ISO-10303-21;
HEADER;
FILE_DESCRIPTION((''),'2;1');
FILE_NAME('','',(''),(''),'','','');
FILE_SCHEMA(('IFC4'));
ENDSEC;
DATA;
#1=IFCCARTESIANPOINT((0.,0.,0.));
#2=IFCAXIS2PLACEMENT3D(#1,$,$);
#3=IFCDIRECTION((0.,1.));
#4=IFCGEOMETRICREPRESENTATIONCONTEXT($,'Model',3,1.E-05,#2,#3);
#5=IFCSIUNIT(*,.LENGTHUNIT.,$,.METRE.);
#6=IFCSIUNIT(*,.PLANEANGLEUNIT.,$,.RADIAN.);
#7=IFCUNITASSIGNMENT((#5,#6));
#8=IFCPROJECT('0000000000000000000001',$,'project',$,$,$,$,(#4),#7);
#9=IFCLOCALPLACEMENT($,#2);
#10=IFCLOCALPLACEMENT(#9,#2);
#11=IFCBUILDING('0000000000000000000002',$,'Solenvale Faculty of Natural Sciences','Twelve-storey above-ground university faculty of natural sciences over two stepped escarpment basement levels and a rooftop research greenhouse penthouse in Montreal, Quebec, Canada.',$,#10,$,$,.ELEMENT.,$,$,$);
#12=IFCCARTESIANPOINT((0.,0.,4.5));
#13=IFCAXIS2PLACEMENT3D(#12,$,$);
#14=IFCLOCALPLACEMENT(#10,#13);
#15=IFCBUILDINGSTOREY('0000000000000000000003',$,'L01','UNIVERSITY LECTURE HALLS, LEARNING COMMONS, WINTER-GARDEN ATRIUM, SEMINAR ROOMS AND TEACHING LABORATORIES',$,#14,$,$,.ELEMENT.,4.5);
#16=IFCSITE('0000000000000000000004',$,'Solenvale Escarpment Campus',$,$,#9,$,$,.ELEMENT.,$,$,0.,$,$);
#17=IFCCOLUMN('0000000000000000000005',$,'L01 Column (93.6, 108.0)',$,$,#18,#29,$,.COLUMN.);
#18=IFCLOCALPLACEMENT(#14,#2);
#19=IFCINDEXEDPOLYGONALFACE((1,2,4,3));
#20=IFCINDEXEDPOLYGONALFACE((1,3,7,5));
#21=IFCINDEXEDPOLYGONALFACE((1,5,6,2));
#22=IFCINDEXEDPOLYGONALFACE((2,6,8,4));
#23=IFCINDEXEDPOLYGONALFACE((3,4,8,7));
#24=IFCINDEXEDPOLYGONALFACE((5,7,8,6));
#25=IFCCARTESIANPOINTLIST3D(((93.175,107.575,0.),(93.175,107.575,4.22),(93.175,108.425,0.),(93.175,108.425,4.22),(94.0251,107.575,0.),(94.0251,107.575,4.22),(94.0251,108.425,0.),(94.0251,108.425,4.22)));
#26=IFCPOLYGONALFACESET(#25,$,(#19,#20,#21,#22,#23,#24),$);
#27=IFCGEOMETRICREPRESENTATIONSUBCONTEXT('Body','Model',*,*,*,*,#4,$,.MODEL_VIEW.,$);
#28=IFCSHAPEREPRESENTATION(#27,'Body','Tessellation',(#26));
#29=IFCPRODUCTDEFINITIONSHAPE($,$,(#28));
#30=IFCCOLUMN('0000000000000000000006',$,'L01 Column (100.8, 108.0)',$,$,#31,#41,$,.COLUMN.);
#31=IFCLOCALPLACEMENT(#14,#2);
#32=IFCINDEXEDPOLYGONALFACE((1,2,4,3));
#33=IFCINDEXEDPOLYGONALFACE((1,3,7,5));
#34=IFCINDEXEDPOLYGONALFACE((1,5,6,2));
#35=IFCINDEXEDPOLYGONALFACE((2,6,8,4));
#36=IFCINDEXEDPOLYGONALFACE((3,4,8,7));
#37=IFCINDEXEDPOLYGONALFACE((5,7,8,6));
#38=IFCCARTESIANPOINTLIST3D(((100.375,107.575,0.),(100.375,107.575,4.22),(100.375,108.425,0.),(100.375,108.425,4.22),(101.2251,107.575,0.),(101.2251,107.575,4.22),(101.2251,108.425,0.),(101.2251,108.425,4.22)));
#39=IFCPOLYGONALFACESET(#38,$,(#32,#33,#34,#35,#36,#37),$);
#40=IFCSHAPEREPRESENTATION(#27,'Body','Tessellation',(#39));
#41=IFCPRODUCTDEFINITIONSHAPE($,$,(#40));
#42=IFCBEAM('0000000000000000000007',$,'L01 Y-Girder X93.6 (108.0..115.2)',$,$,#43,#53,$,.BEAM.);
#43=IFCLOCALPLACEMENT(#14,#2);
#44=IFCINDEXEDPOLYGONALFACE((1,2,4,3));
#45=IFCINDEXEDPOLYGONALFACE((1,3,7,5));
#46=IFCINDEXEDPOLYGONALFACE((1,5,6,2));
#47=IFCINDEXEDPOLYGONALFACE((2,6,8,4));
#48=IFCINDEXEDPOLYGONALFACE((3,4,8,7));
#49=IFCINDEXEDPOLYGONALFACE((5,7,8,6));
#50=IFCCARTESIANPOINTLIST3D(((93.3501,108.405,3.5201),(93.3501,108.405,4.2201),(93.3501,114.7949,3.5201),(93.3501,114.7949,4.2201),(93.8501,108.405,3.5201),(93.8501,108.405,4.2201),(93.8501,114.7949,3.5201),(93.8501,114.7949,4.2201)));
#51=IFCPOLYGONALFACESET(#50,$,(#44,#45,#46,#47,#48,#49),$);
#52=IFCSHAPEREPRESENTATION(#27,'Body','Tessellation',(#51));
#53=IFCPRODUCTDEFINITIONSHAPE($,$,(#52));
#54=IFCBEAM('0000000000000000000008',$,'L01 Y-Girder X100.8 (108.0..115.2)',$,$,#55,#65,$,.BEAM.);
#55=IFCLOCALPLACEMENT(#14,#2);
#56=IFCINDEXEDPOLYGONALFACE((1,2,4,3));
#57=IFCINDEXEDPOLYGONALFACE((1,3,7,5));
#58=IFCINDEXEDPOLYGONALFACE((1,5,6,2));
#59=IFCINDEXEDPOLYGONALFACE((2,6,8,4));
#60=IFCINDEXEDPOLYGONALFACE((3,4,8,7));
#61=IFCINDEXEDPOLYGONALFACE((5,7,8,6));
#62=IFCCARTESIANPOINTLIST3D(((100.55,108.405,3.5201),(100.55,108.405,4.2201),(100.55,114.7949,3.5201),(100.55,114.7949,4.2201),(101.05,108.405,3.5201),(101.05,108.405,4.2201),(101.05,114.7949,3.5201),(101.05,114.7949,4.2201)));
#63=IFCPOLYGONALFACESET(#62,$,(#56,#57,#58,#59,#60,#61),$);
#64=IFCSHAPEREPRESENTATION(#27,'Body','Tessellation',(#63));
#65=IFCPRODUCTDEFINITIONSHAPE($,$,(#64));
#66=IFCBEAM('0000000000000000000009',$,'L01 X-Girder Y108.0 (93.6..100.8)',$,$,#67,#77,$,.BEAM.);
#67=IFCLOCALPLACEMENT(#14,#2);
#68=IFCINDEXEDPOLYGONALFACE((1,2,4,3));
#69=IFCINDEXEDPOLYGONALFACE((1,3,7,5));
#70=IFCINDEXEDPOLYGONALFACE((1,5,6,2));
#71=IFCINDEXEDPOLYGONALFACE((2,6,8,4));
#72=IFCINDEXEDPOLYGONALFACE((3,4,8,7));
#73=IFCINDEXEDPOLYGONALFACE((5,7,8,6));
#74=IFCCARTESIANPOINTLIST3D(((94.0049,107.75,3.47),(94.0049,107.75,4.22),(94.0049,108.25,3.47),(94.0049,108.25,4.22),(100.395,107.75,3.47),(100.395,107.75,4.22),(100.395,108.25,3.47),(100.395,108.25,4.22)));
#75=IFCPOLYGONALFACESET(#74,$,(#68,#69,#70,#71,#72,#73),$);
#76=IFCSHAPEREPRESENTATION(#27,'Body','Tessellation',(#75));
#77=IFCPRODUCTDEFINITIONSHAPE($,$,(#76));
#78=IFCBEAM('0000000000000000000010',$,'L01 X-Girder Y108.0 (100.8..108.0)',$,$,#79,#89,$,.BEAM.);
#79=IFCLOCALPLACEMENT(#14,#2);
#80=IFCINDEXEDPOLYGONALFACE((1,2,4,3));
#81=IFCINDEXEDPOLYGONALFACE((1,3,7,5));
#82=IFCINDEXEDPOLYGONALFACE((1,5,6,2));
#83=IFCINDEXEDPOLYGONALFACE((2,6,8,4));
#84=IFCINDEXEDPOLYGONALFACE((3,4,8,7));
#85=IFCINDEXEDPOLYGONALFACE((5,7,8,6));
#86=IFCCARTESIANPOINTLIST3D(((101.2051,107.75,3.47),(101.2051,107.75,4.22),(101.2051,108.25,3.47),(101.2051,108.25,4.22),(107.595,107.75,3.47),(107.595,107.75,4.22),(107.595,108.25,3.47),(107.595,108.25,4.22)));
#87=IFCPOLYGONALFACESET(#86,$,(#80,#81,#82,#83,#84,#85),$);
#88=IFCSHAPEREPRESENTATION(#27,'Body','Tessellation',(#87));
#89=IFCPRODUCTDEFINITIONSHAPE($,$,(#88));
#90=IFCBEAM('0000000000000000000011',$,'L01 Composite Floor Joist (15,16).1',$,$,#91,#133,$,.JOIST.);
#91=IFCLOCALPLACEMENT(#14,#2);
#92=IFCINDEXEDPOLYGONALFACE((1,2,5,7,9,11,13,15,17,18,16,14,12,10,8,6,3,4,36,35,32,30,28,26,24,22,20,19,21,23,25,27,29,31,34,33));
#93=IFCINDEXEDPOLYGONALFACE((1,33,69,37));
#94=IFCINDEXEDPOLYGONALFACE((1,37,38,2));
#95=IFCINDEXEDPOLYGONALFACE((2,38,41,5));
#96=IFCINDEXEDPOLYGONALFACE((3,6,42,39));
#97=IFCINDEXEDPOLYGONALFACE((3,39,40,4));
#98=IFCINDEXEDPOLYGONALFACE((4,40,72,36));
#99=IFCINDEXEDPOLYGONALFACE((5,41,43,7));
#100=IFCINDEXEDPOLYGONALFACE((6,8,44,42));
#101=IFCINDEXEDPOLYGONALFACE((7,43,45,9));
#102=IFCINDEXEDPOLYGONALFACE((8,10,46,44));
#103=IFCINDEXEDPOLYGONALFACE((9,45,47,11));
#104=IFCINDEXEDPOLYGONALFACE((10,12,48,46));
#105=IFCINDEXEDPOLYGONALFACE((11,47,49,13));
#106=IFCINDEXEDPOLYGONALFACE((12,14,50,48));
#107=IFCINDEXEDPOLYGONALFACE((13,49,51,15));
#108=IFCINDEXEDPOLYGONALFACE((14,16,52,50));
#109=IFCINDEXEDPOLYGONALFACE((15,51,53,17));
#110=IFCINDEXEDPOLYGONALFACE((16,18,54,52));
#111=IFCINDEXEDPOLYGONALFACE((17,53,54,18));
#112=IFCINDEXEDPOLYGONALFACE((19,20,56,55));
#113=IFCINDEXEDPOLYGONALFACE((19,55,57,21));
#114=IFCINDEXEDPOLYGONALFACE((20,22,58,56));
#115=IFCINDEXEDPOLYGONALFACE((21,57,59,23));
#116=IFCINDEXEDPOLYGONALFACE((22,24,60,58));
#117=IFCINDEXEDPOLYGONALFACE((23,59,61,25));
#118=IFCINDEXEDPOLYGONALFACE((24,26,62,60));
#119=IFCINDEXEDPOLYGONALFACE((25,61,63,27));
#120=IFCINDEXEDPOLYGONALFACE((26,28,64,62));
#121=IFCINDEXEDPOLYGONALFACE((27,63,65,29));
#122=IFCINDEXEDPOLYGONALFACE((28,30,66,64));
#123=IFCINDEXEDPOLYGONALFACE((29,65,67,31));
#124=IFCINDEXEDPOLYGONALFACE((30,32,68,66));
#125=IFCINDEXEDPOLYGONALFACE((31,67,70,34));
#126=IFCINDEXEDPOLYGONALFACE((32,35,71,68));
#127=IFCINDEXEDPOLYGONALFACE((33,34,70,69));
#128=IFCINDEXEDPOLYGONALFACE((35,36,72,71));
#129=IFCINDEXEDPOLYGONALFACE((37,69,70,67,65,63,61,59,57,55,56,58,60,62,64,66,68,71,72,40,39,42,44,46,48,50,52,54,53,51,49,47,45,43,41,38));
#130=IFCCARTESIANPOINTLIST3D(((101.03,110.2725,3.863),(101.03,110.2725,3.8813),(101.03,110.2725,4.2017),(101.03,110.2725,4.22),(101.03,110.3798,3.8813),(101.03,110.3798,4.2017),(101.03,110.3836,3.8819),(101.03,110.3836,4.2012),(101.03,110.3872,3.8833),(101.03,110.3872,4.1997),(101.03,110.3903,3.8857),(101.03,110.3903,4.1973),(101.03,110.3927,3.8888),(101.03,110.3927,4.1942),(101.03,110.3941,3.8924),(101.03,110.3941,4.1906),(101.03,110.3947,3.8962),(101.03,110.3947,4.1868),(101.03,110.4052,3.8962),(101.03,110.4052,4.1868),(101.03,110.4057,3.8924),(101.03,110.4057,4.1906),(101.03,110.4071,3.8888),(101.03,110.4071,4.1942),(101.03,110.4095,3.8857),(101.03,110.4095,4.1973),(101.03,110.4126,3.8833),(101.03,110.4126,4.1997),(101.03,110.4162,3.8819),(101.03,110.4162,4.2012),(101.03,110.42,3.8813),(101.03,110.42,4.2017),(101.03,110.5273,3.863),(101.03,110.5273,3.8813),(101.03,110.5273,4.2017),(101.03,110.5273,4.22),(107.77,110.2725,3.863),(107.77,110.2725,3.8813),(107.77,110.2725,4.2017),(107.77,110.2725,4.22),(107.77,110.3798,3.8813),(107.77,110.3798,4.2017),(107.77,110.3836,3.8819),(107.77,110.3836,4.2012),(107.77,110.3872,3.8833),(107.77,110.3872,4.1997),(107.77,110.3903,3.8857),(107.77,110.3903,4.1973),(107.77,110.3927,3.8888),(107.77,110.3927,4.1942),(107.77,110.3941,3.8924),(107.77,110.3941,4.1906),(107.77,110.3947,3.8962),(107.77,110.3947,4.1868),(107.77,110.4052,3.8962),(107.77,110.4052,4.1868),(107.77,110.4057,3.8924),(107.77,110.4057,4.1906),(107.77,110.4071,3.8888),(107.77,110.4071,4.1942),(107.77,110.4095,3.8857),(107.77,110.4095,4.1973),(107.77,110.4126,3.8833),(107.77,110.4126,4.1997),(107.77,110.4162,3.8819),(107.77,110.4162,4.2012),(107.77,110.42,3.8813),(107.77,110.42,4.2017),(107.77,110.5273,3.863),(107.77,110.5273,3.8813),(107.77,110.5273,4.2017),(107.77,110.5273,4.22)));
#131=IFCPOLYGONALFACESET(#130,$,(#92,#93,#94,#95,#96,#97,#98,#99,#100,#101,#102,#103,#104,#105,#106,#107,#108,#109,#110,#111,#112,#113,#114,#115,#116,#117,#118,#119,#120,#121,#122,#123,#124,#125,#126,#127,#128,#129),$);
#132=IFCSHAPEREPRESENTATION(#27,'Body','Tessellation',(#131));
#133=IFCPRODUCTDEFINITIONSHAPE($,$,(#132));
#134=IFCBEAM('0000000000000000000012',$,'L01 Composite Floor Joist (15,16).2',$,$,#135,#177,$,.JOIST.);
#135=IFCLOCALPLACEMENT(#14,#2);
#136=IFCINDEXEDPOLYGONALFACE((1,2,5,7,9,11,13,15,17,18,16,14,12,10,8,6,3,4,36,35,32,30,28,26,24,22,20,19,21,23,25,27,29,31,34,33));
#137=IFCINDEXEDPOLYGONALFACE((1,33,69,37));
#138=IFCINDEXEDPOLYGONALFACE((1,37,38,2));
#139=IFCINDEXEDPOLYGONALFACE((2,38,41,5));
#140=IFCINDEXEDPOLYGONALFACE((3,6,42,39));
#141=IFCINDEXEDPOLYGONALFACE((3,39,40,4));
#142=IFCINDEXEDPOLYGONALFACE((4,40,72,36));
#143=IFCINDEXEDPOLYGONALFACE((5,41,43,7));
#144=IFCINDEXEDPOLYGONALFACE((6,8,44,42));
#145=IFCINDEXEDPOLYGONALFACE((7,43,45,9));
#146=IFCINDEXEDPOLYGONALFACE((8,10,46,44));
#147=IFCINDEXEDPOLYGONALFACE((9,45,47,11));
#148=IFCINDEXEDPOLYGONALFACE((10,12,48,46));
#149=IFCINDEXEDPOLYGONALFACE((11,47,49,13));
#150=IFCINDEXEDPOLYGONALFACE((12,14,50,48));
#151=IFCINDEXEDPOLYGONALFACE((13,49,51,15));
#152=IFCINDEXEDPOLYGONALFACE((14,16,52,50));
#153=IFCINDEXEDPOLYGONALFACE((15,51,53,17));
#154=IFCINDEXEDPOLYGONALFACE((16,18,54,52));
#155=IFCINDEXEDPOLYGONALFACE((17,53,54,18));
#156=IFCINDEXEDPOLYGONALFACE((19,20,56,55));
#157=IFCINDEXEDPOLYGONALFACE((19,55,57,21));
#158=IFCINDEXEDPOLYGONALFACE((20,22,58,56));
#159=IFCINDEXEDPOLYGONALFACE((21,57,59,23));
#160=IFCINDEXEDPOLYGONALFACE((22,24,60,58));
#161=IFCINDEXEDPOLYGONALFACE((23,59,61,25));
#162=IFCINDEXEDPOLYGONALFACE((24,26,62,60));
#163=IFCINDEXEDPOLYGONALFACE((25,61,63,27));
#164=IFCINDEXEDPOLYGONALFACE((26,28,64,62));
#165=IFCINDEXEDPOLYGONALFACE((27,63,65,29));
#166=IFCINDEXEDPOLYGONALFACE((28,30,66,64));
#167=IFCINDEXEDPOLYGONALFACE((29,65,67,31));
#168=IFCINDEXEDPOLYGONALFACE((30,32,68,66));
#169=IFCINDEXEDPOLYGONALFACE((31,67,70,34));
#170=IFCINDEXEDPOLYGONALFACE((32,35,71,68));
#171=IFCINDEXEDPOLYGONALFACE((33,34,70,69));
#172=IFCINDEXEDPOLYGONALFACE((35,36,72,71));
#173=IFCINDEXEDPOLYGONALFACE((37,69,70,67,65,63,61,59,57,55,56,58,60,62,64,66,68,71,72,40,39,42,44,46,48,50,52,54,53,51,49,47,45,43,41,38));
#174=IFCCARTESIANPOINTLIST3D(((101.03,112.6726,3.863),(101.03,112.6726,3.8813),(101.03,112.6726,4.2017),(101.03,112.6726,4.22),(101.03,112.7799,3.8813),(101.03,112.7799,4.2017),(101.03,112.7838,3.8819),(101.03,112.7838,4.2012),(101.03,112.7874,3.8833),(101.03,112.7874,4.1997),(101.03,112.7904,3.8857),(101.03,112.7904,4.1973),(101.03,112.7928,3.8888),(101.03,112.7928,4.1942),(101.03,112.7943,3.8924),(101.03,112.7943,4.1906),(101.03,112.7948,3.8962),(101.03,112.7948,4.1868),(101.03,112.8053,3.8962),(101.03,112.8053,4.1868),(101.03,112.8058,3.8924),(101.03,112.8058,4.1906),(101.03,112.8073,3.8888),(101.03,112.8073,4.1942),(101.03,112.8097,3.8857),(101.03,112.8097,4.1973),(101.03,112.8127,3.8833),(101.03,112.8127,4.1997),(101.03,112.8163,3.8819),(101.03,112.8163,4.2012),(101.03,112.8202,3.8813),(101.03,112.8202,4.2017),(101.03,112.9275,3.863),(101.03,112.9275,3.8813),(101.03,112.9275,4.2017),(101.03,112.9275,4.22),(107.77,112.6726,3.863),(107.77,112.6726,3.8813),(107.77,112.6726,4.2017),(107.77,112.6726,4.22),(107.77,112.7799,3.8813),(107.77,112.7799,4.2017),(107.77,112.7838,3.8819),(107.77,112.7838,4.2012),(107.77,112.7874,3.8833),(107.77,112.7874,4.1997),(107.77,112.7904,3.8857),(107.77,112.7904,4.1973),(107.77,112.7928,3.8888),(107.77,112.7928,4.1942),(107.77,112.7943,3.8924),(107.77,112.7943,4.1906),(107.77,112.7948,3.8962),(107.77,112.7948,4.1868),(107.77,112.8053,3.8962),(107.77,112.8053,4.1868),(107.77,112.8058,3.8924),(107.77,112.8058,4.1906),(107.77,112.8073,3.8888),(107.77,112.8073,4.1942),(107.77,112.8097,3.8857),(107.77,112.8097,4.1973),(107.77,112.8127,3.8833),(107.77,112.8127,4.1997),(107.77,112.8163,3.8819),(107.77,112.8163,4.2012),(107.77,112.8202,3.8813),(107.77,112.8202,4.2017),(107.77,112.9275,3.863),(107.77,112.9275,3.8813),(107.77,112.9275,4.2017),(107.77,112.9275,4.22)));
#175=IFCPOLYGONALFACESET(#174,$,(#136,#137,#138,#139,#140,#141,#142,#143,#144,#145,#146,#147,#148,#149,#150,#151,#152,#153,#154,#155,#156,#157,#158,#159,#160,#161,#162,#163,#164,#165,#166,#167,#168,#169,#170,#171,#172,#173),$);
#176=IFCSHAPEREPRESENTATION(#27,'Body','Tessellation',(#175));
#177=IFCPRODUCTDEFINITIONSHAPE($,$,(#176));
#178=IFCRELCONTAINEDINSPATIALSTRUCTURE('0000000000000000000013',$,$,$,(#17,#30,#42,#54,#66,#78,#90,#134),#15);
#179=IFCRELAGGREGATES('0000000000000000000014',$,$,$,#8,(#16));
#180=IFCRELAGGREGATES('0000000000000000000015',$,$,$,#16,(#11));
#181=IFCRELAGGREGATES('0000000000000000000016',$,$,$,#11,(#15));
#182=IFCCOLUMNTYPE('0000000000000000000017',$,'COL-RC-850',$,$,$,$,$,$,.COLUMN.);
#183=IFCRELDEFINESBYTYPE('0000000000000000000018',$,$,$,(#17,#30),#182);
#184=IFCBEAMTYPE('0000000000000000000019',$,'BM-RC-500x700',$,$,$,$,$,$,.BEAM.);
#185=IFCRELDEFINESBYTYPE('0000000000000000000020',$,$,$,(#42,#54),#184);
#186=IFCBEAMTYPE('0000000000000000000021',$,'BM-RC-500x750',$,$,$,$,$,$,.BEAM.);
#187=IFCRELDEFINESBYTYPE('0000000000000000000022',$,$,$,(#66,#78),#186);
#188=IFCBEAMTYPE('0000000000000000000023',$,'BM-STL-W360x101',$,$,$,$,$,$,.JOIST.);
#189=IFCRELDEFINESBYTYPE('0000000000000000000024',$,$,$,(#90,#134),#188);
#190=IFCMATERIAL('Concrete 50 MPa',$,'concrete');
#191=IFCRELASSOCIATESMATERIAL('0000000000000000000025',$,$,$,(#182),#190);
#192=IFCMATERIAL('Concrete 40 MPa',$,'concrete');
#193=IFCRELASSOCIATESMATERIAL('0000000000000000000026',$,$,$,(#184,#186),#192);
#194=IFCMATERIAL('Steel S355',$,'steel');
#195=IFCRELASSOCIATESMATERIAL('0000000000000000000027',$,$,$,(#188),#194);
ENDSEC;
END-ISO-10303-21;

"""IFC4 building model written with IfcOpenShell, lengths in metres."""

from ifc_helpers import new_model, si_unit, direction, frame, origin, origin_2d, place, context, subcontext, project, spatial, rectangle, i_section, extrude, material, material_profile, profile_set, type_object, element, save


model = new_model("IFC4")

# Units and contexts
model_context = context("Model", 3, precision=1e-05, world=origin(), true_north=direction((0.0, 1.0)))
body_context = subcontext(model_context, "Body", "Model", "MODEL_VIEW")
ifc_project = project(units=[si_unit("LENGTHUNIT", "METRE"), si_unit("PLANEANGLEUNIT", "RADIAN")], contexts=[model_context])

# Site, building, storey
site_placement = place(None, origin())
site = spatial("IfcSite", under=ifc_project, at=site_placement, Name="Solenvale Escarpment Campus", CompositionType="ELEMENT", RefElevation=0.0)
building_placement = place(site_placement, origin())
building = spatial("IfcBuilding", under=site, at=building_placement, Name="Solenvale Faculty of Natural Sciences", Description="Twelve-storey above-ground university faculty of natural sciences over two stepped escarpment basement levels and a rooftop research greenhouse penthouse in Montreal, Quebec, Canada.", CompositionType="ELEMENT")
storey_placement = place(building_placement, frame((0.0, 0.0, 4.5)))
storey = spatial("IfcBuildingStorey", under=building, at=storey_placement, Name="L01", Description="UNIVERSITY LECTURE HALLS, LEARNING COMMONS, WINTER-GARDEN ATRIUM, SEMINAR ROOMS AND TEACHING LABORATORIES", CompositionType="ELEMENT", Elevation=4.5)

# Columns
ifc_material_1 = material(Name="Concrete 50 MPa", Category="concrete")
ifc_material_profile_1 = material_profile(ifc_material_1, rectangle(XDim=0.8501, YDim=0.8501, at=origin_2d()), Name="RC-COL-850x850")
ifc_profile_set_1 = profile_set([ifc_material_profile_1], Name="Concrete 50 MPa")
column_type = type_object("IfcColumnType", Name="COL-RC-850", PredefinedType="COLUMN", material=ifc_profile_set_1)
for number, where, z_axis, x_axis, name in (
    (1, (93.6001, 108.0, 0.0), (0.0, 0.0, 1.0), (1.0, 0.0, 0.0), "L01 Column (93.6, 108.0)"),
    (2, (100.8, 108.0, 0.0), (0.0, 0.0, 1.0), (1.0, 0.0, 0.0), "L01 Column (100.8, 108.0)"),
):
    element("IfcColumn", number, at=place(storey_placement, frame(where, z_axis=z_axis, x_axis=x_axis)), inside=storey, type_object=column_type, Name=name, PredefinedType="COLUMN", context=body_context, shape_type="SweptSolid", body=[
        extrude(rectangle(XDim=0.8501, YDim=0.8501, at=origin_2d()), origin(), (0.0, 0.0, 1.0), 4.22),
    ])

# Beams
ifc_material_2 = material(Name="Concrete 40 MPa", Category="concrete")
ifc_material_profile_2 = material_profile(ifc_material_2, rectangle(XDim=0.5, YDim=0.7, at=origin_2d()), Name="RC-BM-500x700")
ifc_profile_set_2 = profile_set([ifc_material_profile_2], Name="Concrete 40 MPa")
beam_type_1 = type_object("IfcBeamType", Name="BM-RC-500x700", PredefinedType="BEAM", material=ifc_profile_set_2)
for number, where, z_axis, x_axis, name in (
    (3, (93.6001, 108.405, 3.8701), (0.0, 1.0, 0.0), (-1.0, 0.0, 0.0), "L01 Y-Girder X93.6 (108.0..115.2)"),
    (4, (100.8, 108.405, 3.8701), (0.0, 1.0, 0.0), (-1.0, 0.0, 0.0), "L01 Y-Girder X100.8 (108.0..115.2)"),
):
    element("IfcBeam", number, at=place(storey_placement, frame(where, z_axis=z_axis, x_axis=x_axis)), inside=storey, type_object=beam_type_1, Name=name, PredefinedType="BEAM", context=body_context, shape_type="SweptSolid", body=[
        extrude(rectangle(XDim=0.5, YDim=0.7, at=origin_2d()), origin(), (0.0, 0.0, 1.0), 6.3899),
    ])
ifc_material_profile_3 = material_profile(ifc_material_2, rectangle(XDim=0.5, YDim=0.75, at=origin_2d()), Name="RC-BM-500x750")
ifc_profile_set_3 = profile_set([ifc_material_profile_3], Name="Concrete 40 MPa")
beam_type_2 = type_object("IfcBeamType", Name="BM-RC-500x750", PredefinedType="BEAM", material=ifc_profile_set_3)
beam_1_placement = place(storey_placement, frame((94.0049, 108.0, 3.845), z_axis=(1.0, 0.0, 0.0), x_axis=(0.0, 1.0, 0.0)))
element("IfcBeam", 5, at=beam_1_placement, inside=storey, type_object=beam_type_2, Name="L01 X-Girder Y108.0 (93.6..100.8)", PredefinedType="BEAM", context=body_context, shape_type="SweptSolid", body=[
    extrude(rectangle(XDim=0.5, YDim=0.75, at=origin_2d()), origin(), (0.0, 0.0, 1.0), 6.3901),
])
beam_2_placement = place(storey_placement, frame((101.2051, 108.0, 3.845), z_axis=(1.0, 0.0, 0.0), x_axis=(0.0, 1.0, 0.0)))
element("IfcBeam", 6, at=beam_2_placement, inside=storey, type_object=beam_type_2, Name="L01 X-Girder Y108.0 (100.8..108.0)", PredefinedType="BEAM", context=body_context, shape_type="SweptSolid", body=[
    extrude(rectangle(XDim=0.5, YDim=0.75, at=origin_2d()), origin(), (0.0, 0.0, 1.0), 6.3899),
])
ifc_material_3 = material(Name="Steel S355", Category="steel")
ifc_material_profile_4 = material_profile(ifc_material_3, i_section(OverallWidth=0.2549, OverallDepth=0.3569, WebThickness=0.0105, FlangeThickness=0.0183, FilletRadius=0.0149, at=origin_2d()), Name="W360x101")
ifc_profile_set_4 = profile_set([ifc_material_profile_4], Name="Steel S355")
beam_type_3 = type_object("IfcBeamType", Name="BM-STL-W360x101", PredefinedType="JOIST", material=ifc_profile_set_4)
for number, where, z_axis, x_axis, name in (
    (7, (101.03, 110.3999, 4.0415), (1.0, 0.0, 0.0), (0.0, 1.0, 0.0), "L01 Composite Floor Joist (15,16).1"),
    (8, (101.03, 112.8, 4.0415), (1.0, 0.0, 0.0), (0.0, 1.0, 0.0), "L01 Composite Floor Joist (15,16).2"),
):
    element("IfcBeam", number, at=place(storey_placement, frame(where, z_axis=z_axis, x_axis=x_axis)), inside=storey, type_object=beam_type_3, Name=name, PredefinedType="JOIST", context=body_context, shape_type="SweptSolid", body=[
        extrude(i_section(OverallWidth=0.2549, OverallDepth=0.3569, WebThickness=0.0105, FlangeThickness=0.0183, FilletRadius=0.0149, at=origin_2d()), origin(), (0.0, 0.0, 1.0), 6.74),
    ])

save(model, "model.ifc")
